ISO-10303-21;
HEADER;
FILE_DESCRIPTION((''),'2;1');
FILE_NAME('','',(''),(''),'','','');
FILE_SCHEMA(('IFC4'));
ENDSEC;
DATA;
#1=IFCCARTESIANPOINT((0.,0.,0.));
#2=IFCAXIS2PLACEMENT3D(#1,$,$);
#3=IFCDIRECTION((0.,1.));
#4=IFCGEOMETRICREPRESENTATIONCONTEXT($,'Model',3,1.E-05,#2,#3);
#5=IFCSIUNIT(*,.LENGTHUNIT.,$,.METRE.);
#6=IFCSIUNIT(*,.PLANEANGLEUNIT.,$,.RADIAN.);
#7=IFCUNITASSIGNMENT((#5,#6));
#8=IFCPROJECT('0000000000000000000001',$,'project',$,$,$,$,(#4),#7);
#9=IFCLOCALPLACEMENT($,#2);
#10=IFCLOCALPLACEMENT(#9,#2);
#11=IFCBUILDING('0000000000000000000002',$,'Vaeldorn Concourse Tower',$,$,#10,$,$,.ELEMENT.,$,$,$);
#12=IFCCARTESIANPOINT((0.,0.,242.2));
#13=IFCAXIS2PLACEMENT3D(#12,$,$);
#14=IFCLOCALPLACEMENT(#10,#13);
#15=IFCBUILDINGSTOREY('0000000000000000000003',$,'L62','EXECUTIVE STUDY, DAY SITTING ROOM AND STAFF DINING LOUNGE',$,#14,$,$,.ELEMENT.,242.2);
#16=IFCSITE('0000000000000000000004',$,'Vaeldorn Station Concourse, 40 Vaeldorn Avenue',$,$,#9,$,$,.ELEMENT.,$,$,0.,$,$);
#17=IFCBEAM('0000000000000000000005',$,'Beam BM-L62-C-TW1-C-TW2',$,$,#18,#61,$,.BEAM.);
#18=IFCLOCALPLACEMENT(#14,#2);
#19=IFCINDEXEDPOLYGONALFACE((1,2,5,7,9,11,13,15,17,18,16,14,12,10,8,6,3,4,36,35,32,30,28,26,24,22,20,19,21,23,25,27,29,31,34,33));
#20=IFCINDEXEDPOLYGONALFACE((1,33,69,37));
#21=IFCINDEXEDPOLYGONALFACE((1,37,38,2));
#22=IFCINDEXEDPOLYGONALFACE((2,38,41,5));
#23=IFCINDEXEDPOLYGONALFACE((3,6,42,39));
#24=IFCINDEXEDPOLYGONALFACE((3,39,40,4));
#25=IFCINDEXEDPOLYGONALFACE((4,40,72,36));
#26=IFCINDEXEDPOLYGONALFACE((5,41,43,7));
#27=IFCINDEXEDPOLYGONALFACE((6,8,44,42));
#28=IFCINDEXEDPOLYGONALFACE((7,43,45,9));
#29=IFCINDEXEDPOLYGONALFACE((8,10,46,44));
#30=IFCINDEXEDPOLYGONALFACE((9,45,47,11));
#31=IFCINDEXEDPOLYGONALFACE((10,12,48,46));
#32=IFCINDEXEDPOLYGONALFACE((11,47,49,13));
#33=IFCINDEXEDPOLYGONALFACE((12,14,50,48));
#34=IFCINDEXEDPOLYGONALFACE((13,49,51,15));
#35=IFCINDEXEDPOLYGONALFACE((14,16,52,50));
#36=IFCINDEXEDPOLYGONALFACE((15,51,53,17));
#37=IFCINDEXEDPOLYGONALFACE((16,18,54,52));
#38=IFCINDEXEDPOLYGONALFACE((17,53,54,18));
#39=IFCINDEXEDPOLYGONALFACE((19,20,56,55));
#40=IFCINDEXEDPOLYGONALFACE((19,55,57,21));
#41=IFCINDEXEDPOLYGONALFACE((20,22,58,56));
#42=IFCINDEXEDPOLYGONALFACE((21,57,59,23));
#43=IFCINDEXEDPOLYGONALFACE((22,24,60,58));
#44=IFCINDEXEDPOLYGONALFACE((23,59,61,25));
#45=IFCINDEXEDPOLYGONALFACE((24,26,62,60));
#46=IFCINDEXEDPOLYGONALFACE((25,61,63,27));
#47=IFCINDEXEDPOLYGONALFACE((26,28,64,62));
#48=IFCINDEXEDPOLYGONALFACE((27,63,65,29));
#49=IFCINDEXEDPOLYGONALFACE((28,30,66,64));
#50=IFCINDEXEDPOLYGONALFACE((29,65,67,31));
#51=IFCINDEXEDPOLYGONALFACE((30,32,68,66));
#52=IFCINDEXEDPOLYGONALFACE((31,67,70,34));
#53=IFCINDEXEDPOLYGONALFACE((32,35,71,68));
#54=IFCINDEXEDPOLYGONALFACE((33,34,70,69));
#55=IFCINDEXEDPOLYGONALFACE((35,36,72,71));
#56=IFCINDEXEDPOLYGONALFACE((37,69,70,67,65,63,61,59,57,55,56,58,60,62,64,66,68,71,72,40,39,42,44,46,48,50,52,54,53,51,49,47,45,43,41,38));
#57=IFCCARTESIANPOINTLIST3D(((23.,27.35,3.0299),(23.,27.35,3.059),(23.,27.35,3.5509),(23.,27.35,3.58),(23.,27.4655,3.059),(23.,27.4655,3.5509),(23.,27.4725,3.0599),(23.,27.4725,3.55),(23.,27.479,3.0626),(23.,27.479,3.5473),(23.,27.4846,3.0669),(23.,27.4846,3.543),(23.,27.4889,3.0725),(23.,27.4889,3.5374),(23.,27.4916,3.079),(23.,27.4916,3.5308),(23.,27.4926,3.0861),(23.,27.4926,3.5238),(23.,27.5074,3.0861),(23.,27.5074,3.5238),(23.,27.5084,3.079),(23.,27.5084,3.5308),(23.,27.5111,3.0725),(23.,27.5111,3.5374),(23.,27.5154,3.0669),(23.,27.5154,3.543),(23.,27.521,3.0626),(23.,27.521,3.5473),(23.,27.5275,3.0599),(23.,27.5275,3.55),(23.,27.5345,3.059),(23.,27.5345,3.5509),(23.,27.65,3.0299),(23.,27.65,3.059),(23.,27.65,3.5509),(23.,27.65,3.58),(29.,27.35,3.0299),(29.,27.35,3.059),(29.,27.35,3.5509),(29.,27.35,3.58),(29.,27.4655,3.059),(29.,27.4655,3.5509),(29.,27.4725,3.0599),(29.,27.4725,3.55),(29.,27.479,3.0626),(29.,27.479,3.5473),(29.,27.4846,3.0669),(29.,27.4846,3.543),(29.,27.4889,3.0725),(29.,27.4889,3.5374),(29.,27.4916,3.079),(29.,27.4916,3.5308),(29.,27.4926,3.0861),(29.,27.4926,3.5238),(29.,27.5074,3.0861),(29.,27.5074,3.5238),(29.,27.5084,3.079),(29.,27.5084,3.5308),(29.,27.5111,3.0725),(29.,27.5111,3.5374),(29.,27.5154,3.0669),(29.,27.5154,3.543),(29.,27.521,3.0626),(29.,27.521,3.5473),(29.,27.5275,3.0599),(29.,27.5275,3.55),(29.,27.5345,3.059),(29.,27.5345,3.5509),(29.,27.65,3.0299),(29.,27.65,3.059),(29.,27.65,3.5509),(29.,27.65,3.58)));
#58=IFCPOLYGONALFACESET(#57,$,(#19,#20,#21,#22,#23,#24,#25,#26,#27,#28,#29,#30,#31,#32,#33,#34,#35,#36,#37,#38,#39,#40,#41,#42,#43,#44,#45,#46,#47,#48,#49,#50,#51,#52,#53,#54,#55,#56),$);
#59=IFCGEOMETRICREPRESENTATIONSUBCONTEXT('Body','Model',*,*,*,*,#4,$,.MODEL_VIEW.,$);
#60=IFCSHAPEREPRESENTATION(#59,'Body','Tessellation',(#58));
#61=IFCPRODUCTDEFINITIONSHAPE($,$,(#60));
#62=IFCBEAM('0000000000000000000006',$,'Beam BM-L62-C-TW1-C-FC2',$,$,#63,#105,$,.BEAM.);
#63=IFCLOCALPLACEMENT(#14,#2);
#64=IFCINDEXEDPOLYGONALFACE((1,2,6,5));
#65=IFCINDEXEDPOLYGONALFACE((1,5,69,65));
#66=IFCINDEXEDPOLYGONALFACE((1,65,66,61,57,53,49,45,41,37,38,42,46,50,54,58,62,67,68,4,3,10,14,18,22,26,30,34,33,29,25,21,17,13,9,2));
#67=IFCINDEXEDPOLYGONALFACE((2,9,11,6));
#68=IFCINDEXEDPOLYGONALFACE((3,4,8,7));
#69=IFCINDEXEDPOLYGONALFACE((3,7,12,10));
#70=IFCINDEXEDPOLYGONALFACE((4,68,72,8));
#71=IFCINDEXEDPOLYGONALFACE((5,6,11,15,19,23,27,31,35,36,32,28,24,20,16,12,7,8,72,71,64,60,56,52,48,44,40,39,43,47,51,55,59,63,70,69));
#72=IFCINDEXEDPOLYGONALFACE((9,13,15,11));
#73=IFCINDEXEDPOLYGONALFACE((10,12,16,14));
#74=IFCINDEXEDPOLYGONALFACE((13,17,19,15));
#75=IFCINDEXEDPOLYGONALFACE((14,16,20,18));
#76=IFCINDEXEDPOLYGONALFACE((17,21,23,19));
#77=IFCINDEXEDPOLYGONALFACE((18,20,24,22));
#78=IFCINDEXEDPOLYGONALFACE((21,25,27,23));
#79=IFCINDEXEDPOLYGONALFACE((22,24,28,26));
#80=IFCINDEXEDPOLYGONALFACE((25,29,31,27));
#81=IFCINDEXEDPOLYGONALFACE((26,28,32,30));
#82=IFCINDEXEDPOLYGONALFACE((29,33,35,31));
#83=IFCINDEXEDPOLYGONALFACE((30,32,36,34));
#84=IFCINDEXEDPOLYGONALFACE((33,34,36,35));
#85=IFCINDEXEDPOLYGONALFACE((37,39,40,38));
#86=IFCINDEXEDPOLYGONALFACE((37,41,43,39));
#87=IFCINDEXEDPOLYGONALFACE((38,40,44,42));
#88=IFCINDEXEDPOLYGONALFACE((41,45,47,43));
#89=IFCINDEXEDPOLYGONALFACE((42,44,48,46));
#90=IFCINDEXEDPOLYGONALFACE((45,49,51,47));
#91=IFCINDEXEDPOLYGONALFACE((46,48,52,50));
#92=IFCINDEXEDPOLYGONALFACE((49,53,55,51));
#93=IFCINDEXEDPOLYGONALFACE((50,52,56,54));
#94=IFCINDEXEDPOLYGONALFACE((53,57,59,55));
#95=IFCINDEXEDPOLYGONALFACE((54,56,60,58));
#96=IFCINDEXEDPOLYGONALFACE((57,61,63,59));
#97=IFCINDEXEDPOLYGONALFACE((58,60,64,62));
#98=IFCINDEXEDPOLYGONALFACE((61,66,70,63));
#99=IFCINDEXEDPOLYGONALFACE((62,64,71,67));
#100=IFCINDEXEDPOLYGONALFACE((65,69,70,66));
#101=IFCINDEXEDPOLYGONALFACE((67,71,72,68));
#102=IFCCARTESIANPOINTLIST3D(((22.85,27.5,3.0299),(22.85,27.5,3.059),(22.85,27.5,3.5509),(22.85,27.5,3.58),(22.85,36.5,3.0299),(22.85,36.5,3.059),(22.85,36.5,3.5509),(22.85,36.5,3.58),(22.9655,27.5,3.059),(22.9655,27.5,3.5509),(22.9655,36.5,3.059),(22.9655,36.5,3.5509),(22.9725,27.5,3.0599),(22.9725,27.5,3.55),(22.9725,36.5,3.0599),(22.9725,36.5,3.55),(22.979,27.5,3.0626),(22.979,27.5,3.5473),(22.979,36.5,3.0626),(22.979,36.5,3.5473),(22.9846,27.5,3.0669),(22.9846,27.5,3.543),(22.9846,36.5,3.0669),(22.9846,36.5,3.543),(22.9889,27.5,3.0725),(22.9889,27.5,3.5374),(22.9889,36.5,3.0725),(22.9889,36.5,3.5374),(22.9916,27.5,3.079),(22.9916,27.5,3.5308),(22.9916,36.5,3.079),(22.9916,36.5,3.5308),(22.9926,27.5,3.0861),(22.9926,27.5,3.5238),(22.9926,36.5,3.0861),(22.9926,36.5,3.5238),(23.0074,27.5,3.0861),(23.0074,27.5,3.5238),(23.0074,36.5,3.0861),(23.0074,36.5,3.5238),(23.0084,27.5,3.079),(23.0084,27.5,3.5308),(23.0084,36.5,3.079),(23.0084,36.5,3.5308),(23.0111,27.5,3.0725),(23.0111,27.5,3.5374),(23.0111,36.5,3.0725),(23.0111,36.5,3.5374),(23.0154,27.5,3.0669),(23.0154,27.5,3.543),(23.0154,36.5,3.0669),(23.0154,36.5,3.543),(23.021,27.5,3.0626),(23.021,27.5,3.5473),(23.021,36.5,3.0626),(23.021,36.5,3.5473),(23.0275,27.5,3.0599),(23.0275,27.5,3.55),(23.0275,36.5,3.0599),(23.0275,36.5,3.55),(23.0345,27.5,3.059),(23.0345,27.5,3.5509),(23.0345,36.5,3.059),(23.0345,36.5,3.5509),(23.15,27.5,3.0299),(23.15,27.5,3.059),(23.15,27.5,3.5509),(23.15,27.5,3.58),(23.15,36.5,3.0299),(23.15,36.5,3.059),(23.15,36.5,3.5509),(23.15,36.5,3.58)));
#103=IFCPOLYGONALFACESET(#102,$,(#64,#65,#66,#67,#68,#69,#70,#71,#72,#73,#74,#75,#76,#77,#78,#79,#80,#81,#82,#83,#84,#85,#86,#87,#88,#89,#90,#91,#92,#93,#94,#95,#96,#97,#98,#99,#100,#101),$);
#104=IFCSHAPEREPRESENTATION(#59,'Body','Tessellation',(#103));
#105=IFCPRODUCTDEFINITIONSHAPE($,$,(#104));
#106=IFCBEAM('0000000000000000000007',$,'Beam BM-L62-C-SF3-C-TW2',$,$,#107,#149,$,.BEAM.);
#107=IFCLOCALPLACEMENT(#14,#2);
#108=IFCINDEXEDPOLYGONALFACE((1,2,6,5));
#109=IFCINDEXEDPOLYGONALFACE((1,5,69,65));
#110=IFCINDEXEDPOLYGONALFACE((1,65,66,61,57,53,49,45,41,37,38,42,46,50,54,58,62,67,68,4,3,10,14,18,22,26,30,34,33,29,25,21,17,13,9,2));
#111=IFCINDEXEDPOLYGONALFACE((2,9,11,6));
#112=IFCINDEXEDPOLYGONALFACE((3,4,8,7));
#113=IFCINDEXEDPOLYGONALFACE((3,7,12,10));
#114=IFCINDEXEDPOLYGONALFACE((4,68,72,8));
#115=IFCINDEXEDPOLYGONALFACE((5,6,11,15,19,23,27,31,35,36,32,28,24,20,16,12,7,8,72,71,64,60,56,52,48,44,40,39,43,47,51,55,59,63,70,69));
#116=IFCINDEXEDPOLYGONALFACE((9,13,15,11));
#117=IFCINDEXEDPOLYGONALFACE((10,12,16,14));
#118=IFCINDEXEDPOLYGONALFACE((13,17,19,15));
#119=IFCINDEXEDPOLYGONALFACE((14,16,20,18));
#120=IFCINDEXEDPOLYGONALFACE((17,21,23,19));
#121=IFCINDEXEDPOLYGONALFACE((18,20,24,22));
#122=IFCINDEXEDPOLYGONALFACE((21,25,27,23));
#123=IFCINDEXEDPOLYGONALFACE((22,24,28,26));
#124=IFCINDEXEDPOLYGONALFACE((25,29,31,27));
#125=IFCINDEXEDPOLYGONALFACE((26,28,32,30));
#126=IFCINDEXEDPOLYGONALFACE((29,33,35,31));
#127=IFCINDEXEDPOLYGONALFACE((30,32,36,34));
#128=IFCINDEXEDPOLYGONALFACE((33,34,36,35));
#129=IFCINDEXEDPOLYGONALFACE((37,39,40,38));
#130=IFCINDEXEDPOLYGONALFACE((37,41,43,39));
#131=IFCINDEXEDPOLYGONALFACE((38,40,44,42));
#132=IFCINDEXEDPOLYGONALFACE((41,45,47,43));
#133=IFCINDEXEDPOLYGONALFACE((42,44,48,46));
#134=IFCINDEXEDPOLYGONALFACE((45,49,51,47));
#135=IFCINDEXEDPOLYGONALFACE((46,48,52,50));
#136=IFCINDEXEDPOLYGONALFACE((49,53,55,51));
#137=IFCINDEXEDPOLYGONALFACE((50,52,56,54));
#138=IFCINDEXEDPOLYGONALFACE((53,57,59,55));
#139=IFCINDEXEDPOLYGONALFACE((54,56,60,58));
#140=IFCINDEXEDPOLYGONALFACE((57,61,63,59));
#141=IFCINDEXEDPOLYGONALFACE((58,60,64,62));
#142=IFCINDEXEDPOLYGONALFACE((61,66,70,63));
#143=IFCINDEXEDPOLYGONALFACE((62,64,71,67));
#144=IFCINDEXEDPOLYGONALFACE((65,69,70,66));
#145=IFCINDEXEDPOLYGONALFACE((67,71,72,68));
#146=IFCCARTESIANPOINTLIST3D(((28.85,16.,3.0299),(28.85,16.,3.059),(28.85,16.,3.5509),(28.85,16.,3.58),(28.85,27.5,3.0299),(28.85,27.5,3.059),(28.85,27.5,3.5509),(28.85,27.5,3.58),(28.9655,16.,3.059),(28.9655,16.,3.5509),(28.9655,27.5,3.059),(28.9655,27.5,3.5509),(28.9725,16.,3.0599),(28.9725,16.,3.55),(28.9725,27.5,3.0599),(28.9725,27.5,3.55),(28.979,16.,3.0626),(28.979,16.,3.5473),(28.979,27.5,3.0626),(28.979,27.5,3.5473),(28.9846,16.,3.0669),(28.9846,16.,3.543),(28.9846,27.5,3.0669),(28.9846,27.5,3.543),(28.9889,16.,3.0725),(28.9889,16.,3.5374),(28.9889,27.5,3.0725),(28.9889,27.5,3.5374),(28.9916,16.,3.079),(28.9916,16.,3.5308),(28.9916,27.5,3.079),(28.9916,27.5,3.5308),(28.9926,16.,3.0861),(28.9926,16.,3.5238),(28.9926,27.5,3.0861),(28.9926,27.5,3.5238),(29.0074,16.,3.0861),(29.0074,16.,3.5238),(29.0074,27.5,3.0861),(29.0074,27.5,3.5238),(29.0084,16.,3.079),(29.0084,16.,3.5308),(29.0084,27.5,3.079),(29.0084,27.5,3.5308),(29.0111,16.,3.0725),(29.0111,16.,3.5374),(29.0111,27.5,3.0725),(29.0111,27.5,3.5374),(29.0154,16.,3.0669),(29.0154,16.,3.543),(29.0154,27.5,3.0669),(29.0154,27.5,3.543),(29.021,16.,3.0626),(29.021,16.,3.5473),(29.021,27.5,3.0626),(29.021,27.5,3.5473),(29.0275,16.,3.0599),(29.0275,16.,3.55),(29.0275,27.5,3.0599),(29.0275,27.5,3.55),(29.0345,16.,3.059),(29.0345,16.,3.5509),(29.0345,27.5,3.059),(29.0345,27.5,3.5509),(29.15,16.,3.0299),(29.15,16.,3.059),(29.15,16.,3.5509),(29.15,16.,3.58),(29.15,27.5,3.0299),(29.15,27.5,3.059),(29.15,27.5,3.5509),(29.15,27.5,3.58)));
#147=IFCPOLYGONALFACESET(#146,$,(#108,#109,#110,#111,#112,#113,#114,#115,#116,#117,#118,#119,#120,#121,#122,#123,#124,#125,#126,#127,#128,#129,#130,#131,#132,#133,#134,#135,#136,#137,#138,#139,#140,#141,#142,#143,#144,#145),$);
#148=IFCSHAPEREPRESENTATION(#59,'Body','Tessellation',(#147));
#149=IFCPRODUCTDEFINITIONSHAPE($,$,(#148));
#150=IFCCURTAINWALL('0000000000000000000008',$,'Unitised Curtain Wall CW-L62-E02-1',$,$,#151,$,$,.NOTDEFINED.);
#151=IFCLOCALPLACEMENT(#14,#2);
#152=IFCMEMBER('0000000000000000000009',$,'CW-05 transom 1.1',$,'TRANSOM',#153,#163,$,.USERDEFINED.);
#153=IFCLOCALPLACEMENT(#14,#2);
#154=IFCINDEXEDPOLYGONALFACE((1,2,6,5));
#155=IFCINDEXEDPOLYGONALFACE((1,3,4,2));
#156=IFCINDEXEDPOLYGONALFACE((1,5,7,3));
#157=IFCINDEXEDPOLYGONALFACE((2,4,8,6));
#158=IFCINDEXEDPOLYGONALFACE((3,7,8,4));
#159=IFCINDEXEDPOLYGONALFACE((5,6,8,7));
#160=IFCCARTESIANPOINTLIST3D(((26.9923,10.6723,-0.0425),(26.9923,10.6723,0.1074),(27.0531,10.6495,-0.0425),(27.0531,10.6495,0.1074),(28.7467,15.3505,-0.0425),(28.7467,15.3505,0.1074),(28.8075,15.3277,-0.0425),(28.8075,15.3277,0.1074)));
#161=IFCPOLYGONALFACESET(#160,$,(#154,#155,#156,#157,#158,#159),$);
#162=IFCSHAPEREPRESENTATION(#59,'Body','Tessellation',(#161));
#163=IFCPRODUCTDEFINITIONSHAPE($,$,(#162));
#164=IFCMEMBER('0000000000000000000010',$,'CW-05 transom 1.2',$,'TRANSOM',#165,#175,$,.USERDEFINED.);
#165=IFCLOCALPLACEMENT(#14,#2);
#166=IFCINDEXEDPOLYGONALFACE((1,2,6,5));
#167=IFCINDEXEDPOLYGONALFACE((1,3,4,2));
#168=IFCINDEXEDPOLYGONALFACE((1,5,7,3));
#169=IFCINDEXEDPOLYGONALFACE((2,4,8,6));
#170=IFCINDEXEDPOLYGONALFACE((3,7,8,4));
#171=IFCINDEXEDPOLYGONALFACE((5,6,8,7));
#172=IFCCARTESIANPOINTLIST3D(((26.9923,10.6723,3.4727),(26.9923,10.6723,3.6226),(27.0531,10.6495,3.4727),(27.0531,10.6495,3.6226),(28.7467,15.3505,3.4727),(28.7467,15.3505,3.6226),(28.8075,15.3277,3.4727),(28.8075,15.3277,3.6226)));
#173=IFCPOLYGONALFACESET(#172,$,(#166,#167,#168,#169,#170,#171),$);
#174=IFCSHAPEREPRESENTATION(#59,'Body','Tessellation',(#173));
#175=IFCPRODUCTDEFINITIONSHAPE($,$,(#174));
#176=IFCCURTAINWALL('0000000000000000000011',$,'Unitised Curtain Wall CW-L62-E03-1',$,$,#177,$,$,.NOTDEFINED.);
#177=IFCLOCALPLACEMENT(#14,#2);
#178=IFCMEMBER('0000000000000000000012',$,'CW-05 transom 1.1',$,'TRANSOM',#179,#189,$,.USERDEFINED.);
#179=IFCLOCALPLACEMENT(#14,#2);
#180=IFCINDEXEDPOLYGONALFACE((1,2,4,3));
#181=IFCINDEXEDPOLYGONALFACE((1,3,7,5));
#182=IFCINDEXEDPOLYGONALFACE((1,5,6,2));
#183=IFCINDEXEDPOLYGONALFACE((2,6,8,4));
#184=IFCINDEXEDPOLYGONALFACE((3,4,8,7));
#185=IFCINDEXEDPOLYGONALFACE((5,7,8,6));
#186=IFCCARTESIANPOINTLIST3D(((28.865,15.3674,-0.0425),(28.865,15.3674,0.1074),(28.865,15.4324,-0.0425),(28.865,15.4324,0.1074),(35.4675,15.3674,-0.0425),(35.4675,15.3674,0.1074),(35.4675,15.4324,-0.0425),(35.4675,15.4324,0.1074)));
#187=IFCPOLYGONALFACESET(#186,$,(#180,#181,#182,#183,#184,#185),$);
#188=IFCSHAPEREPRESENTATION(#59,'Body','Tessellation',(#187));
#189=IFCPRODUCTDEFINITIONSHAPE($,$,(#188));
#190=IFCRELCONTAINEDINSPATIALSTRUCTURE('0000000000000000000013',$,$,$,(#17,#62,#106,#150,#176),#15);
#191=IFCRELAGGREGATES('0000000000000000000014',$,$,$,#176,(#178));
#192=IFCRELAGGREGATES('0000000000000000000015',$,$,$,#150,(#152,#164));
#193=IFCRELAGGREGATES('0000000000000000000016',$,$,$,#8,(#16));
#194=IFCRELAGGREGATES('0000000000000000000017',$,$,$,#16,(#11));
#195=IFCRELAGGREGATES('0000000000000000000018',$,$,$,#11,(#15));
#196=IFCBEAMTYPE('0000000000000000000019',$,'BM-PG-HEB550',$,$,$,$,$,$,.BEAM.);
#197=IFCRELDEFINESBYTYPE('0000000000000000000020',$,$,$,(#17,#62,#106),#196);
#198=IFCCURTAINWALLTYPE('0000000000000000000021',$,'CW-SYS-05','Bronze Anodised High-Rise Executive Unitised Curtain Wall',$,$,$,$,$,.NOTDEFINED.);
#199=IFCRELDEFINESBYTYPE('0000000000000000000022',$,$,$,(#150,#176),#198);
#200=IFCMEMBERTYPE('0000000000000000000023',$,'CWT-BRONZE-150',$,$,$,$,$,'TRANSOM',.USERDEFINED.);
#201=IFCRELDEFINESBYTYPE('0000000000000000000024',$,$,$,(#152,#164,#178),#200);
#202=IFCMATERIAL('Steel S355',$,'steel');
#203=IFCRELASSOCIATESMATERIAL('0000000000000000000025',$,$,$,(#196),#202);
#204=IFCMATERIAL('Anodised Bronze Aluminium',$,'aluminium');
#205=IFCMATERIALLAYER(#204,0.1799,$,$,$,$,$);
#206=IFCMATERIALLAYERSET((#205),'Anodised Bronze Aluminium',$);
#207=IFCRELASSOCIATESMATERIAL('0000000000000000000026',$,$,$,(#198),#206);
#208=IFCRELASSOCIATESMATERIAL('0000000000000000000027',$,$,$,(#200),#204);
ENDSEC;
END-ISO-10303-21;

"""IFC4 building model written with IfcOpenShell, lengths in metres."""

from ifc_helpers import new_model, si_unit, direction, frame, origin, origin_2d, place, context, subcontext, project, spatial, rectangle, i_section, extrude, source, transform, mapped, material, layer, layer_set, material_profile, profile_set, type_object, element, aggregate, save


model = new_model("IFC4")

# Units and contexts
model_context = context("Model", 3, precision=1e-05, world=origin(), true_north=direction((0.0, 1.0)))
body_context = subcontext(model_context, "Body", "Model", "MODEL_VIEW")
ifc_project = project(units=[si_unit("LENGTHUNIT", "METRE"), si_unit("PLANEANGLEUNIT", "RADIAN")], contexts=[model_context])

# Site, building, storey
site_placement = place(None, origin())
site = spatial("IfcSite", under=ifc_project, at=site_placement, Name="Vaeldorn Station Concourse, 40 Vaeldorn Avenue", CompositionType="ELEMENT", RefElevation=0.0)
building_placement = place(site_placement, origin())
building = spatial("IfcBuilding", under=site, at=building_placement, Name="Vaeldorn Concourse Tower", CompositionType="ELEMENT")
storey_placement = place(building_placement, frame((0.0, 0.0, 242.2)))
storey = spatial("IfcBuildingStorey", under=building, at=storey_placement, Name="L62", Description="EXECUTIVE STUDY, DAY SITTING ROOM AND STAFF DINING LOUNGE", CompositionType="ELEMENT", Elevation=242.2)

# Shared definitions
ifc_material_1 = material(Name="Steel S355", Category="steel")

# Beams
ifc_material_profile_1 = material_profile(ifc_material_1, i_section(OverallWidth=0.3, OverallDepth=0.55, WebThickness=0.0149, FlangeThickness=0.0291, FilletRadius=0.0271, at=origin_2d()), Name="HEB 550")
ifc_profile_set_1 = profile_set([ifc_material_profile_1], Name="Steel S355")
beam_type_1 = type_object("IfcBeamType", Name="BM-PG-HEB550", PredefinedType="BEAM", material=ifc_profile_set_1)
shared_shape_1 = source(origin(), body_context, "Body", "SweptSolid", [
    extrude(i_section(OverallWidth=0.3, OverallDepth=0.55, WebThickness=0.0149, FlangeThickness=0.0291, FilletRadius=0.0271, at=origin_2d()), origin(), (0.0, 0.0, 1.0), 6.0),
])
beam_1_placement = place(storey_placement, frame((23.0, 27.5, 3.3049), z_axis=(1.0, 0.0, 0.0), x_axis=(0.0, 1.0, 0.0)))
element("IfcBeam", 1, at=beam_1_placement, inside=storey, type_object=beam_type_1, Name="Beam BM-L62-C-TW1-C-TW2", PredefinedType="BEAM", context=body_context, shape_type="MappedRepresentation", body=[
    mapped(shared_shape_1, transform((0.0, 0.0, 0.0), scale=1.0)),
])
shared_shape_2 = source(origin(), body_context, "Body", "SweptSolid", [
    extrude(i_section(OverallWidth=0.3, OverallDepth=0.55, WebThickness=0.0149, FlangeThickness=0.0291, FilletRadius=0.0271, at=origin_2d()), origin(), (0.0, 0.0, 1.0), 9.0),
])
beam_2_placement = place(storey_placement, frame((23.0, 27.5, 3.3049), z_axis=(0.0, 1.0, 0.0), x_axis=(-1.0, 0.0, 0.0)))
element("IfcBeam", 2, at=beam_2_placement, inside=storey, type_object=beam_type_1, Name="Beam BM-L62-C-TW1-C-FC2", PredefinedType="BEAM", context=body_context, shape_type="MappedRepresentation", body=[
    mapped(shared_shape_2, transform((0.0, 0.0, 0.0), scale=1.0)),
])
shared_shape_3 = source(origin(), body_context, "Body", "SweptSolid", [
    extrude(i_section(OverallWidth=0.3, OverallDepth=0.55, WebThickness=0.0149, FlangeThickness=0.0291, FilletRadius=0.0271, at=origin_2d()), origin(), (0.0, 0.0, 1.0), 11.5),
])
beam_3_placement = place(storey_placement, frame((29.0, 16.0, 3.3049), z_axis=(0.0, 1.0, 0.0), x_axis=(-1.0, 0.0, 0.0)))
element("IfcBeam", 3, at=beam_3_placement, inside=storey, type_object=beam_type_1, Name="Beam BM-L62-C-SF3-C-TW2", PredefinedType="BEAM", context=body_context, shape_type="MappedRepresentation", body=[
    mapped(shared_shape_3, transform((0.0, 0.0, 0.0), scale=1.0)),
])

# Curtain walls, members
ifc_material_2 = material(Name="Anodised Bronze Aluminium", Category="aluminium")
ifc_layer_1 = layer(ifc_material_2, 0.1799)
ifc_layer_set_1 = layer_set([ifc_layer_1], Name="Anodised Bronze Aluminium")
curtain_wall_type = type_object("IfcCurtainWallType", Name="CW-SYS-05", Description="Bronze Anodised High-Rise Executive Unitised Curtain Wall", PredefinedType="NOTDEFINED", material=ifc_layer_set_1)
curtain_wall_1_placement = place(storey_placement, origin())
curtain_wall_1 = element("IfcCurtainWall", 4, at=curtain_wall_1_placement, inside=storey, type_object=curtain_wall_type, Name="Unitised Curtain Wall CW-L62-E02-1", PredefinedType="NOTDEFINED")
ifc_material_profile_2 = material_profile(ifc_material_2, rectangle(XDim=0.0649, YDim=0.1499, at=origin_2d()), Name="CWT 65x150")
ifc_profile_set_2 = profile_set([ifc_material_profile_2], Name="Anodised Bronze Aluminium")
member_type_1 = type_object("IfcMemberType", Name="CWT-BRONZE-150", ElementType="TRANSOM", PredefinedType="USERDEFINED", material=ifc_profile_set_2)
shared_shape_4 = source(origin(), body_context, "Body", "SweptSolid", [
    extrude(rectangle(XDim=0.0649, YDim=0.1499, at=origin_2d()), origin(), (0.0, 0.0, 1.0), 4.9963),
])
member_1_placement = place(storey_placement, frame((27.0227, 10.6609, 0.0325), z_axis=(0.351134, 0.936325, 0.0), x_axis=(-0.936325, 0.351134, 0.0)))
member_1 = element("IfcMember", 5, at=member_1_placement, type_object=member_type_1, Name="CW-05 transom 1.1", ObjectType="TRANSOM", PredefinedType="USERDEFINED", context=body_context, shape_type="MappedRepresentation", body=[
    mapped(shared_shape_4, transform((0.0, 0.0, 0.0), scale=1.0)),
])
member_2_placement = place(storey_placement, frame((27.0227, 10.6609, 3.5476), z_axis=(0.351134, 0.936325, 0.0), x_axis=(-0.936325, 0.351134, 0.0)))
member_2 = element("IfcMember", 6, at=member_2_placement, type_object=member_type_1, Name="CW-05 transom 1.2", ObjectType="TRANSOM", PredefinedType="USERDEFINED", context=body_context, shape_type="MappedRepresentation", body=[
    mapped(shared_shape_4, transform((0.0, 0.0, 0.0), scale=1.0)),
])
curtain_wall_2_placement = place(storey_placement, origin())
curtain_wall_2 = element("IfcCurtainWall", 7, at=curtain_wall_2_placement, inside=storey, type_object=curtain_wall_type, Name="Unitised Curtain Wall CW-L62-E03-1", PredefinedType="NOTDEFINED")
shared_shape_5 = source(origin(), body_context, "Body", "SweptSolid", [
    extrude(rectangle(XDim=0.0649, YDim=0.1499, at=origin_2d()), origin(), (0.0, 0.0, 1.0), 6.6025),
])
member_3_placement = place(storey_placement, frame((28.865, 15.3999, 0.0325), z_axis=(1.0, 0.0, 0.0), x_axis=(0.0, 1.0, 0.0)))
member_3 = element("IfcMember", 8, at=member_3_placement, type_object=member_type_1, Name="CW-05 transom 1.1", ObjectType="TRANSOM", PredefinedType="USERDEFINED", context=body_context, shape_type="MappedRepresentation", body=[
    mapped(shared_shape_5, transform((0.0, 0.0, 0.0), scale=1.0)),
])

aggregate(curtain_wall_2, [member_3])

aggregate(curtain_wall_1, [member_1, member_2])

save(model, "model.ifc")
